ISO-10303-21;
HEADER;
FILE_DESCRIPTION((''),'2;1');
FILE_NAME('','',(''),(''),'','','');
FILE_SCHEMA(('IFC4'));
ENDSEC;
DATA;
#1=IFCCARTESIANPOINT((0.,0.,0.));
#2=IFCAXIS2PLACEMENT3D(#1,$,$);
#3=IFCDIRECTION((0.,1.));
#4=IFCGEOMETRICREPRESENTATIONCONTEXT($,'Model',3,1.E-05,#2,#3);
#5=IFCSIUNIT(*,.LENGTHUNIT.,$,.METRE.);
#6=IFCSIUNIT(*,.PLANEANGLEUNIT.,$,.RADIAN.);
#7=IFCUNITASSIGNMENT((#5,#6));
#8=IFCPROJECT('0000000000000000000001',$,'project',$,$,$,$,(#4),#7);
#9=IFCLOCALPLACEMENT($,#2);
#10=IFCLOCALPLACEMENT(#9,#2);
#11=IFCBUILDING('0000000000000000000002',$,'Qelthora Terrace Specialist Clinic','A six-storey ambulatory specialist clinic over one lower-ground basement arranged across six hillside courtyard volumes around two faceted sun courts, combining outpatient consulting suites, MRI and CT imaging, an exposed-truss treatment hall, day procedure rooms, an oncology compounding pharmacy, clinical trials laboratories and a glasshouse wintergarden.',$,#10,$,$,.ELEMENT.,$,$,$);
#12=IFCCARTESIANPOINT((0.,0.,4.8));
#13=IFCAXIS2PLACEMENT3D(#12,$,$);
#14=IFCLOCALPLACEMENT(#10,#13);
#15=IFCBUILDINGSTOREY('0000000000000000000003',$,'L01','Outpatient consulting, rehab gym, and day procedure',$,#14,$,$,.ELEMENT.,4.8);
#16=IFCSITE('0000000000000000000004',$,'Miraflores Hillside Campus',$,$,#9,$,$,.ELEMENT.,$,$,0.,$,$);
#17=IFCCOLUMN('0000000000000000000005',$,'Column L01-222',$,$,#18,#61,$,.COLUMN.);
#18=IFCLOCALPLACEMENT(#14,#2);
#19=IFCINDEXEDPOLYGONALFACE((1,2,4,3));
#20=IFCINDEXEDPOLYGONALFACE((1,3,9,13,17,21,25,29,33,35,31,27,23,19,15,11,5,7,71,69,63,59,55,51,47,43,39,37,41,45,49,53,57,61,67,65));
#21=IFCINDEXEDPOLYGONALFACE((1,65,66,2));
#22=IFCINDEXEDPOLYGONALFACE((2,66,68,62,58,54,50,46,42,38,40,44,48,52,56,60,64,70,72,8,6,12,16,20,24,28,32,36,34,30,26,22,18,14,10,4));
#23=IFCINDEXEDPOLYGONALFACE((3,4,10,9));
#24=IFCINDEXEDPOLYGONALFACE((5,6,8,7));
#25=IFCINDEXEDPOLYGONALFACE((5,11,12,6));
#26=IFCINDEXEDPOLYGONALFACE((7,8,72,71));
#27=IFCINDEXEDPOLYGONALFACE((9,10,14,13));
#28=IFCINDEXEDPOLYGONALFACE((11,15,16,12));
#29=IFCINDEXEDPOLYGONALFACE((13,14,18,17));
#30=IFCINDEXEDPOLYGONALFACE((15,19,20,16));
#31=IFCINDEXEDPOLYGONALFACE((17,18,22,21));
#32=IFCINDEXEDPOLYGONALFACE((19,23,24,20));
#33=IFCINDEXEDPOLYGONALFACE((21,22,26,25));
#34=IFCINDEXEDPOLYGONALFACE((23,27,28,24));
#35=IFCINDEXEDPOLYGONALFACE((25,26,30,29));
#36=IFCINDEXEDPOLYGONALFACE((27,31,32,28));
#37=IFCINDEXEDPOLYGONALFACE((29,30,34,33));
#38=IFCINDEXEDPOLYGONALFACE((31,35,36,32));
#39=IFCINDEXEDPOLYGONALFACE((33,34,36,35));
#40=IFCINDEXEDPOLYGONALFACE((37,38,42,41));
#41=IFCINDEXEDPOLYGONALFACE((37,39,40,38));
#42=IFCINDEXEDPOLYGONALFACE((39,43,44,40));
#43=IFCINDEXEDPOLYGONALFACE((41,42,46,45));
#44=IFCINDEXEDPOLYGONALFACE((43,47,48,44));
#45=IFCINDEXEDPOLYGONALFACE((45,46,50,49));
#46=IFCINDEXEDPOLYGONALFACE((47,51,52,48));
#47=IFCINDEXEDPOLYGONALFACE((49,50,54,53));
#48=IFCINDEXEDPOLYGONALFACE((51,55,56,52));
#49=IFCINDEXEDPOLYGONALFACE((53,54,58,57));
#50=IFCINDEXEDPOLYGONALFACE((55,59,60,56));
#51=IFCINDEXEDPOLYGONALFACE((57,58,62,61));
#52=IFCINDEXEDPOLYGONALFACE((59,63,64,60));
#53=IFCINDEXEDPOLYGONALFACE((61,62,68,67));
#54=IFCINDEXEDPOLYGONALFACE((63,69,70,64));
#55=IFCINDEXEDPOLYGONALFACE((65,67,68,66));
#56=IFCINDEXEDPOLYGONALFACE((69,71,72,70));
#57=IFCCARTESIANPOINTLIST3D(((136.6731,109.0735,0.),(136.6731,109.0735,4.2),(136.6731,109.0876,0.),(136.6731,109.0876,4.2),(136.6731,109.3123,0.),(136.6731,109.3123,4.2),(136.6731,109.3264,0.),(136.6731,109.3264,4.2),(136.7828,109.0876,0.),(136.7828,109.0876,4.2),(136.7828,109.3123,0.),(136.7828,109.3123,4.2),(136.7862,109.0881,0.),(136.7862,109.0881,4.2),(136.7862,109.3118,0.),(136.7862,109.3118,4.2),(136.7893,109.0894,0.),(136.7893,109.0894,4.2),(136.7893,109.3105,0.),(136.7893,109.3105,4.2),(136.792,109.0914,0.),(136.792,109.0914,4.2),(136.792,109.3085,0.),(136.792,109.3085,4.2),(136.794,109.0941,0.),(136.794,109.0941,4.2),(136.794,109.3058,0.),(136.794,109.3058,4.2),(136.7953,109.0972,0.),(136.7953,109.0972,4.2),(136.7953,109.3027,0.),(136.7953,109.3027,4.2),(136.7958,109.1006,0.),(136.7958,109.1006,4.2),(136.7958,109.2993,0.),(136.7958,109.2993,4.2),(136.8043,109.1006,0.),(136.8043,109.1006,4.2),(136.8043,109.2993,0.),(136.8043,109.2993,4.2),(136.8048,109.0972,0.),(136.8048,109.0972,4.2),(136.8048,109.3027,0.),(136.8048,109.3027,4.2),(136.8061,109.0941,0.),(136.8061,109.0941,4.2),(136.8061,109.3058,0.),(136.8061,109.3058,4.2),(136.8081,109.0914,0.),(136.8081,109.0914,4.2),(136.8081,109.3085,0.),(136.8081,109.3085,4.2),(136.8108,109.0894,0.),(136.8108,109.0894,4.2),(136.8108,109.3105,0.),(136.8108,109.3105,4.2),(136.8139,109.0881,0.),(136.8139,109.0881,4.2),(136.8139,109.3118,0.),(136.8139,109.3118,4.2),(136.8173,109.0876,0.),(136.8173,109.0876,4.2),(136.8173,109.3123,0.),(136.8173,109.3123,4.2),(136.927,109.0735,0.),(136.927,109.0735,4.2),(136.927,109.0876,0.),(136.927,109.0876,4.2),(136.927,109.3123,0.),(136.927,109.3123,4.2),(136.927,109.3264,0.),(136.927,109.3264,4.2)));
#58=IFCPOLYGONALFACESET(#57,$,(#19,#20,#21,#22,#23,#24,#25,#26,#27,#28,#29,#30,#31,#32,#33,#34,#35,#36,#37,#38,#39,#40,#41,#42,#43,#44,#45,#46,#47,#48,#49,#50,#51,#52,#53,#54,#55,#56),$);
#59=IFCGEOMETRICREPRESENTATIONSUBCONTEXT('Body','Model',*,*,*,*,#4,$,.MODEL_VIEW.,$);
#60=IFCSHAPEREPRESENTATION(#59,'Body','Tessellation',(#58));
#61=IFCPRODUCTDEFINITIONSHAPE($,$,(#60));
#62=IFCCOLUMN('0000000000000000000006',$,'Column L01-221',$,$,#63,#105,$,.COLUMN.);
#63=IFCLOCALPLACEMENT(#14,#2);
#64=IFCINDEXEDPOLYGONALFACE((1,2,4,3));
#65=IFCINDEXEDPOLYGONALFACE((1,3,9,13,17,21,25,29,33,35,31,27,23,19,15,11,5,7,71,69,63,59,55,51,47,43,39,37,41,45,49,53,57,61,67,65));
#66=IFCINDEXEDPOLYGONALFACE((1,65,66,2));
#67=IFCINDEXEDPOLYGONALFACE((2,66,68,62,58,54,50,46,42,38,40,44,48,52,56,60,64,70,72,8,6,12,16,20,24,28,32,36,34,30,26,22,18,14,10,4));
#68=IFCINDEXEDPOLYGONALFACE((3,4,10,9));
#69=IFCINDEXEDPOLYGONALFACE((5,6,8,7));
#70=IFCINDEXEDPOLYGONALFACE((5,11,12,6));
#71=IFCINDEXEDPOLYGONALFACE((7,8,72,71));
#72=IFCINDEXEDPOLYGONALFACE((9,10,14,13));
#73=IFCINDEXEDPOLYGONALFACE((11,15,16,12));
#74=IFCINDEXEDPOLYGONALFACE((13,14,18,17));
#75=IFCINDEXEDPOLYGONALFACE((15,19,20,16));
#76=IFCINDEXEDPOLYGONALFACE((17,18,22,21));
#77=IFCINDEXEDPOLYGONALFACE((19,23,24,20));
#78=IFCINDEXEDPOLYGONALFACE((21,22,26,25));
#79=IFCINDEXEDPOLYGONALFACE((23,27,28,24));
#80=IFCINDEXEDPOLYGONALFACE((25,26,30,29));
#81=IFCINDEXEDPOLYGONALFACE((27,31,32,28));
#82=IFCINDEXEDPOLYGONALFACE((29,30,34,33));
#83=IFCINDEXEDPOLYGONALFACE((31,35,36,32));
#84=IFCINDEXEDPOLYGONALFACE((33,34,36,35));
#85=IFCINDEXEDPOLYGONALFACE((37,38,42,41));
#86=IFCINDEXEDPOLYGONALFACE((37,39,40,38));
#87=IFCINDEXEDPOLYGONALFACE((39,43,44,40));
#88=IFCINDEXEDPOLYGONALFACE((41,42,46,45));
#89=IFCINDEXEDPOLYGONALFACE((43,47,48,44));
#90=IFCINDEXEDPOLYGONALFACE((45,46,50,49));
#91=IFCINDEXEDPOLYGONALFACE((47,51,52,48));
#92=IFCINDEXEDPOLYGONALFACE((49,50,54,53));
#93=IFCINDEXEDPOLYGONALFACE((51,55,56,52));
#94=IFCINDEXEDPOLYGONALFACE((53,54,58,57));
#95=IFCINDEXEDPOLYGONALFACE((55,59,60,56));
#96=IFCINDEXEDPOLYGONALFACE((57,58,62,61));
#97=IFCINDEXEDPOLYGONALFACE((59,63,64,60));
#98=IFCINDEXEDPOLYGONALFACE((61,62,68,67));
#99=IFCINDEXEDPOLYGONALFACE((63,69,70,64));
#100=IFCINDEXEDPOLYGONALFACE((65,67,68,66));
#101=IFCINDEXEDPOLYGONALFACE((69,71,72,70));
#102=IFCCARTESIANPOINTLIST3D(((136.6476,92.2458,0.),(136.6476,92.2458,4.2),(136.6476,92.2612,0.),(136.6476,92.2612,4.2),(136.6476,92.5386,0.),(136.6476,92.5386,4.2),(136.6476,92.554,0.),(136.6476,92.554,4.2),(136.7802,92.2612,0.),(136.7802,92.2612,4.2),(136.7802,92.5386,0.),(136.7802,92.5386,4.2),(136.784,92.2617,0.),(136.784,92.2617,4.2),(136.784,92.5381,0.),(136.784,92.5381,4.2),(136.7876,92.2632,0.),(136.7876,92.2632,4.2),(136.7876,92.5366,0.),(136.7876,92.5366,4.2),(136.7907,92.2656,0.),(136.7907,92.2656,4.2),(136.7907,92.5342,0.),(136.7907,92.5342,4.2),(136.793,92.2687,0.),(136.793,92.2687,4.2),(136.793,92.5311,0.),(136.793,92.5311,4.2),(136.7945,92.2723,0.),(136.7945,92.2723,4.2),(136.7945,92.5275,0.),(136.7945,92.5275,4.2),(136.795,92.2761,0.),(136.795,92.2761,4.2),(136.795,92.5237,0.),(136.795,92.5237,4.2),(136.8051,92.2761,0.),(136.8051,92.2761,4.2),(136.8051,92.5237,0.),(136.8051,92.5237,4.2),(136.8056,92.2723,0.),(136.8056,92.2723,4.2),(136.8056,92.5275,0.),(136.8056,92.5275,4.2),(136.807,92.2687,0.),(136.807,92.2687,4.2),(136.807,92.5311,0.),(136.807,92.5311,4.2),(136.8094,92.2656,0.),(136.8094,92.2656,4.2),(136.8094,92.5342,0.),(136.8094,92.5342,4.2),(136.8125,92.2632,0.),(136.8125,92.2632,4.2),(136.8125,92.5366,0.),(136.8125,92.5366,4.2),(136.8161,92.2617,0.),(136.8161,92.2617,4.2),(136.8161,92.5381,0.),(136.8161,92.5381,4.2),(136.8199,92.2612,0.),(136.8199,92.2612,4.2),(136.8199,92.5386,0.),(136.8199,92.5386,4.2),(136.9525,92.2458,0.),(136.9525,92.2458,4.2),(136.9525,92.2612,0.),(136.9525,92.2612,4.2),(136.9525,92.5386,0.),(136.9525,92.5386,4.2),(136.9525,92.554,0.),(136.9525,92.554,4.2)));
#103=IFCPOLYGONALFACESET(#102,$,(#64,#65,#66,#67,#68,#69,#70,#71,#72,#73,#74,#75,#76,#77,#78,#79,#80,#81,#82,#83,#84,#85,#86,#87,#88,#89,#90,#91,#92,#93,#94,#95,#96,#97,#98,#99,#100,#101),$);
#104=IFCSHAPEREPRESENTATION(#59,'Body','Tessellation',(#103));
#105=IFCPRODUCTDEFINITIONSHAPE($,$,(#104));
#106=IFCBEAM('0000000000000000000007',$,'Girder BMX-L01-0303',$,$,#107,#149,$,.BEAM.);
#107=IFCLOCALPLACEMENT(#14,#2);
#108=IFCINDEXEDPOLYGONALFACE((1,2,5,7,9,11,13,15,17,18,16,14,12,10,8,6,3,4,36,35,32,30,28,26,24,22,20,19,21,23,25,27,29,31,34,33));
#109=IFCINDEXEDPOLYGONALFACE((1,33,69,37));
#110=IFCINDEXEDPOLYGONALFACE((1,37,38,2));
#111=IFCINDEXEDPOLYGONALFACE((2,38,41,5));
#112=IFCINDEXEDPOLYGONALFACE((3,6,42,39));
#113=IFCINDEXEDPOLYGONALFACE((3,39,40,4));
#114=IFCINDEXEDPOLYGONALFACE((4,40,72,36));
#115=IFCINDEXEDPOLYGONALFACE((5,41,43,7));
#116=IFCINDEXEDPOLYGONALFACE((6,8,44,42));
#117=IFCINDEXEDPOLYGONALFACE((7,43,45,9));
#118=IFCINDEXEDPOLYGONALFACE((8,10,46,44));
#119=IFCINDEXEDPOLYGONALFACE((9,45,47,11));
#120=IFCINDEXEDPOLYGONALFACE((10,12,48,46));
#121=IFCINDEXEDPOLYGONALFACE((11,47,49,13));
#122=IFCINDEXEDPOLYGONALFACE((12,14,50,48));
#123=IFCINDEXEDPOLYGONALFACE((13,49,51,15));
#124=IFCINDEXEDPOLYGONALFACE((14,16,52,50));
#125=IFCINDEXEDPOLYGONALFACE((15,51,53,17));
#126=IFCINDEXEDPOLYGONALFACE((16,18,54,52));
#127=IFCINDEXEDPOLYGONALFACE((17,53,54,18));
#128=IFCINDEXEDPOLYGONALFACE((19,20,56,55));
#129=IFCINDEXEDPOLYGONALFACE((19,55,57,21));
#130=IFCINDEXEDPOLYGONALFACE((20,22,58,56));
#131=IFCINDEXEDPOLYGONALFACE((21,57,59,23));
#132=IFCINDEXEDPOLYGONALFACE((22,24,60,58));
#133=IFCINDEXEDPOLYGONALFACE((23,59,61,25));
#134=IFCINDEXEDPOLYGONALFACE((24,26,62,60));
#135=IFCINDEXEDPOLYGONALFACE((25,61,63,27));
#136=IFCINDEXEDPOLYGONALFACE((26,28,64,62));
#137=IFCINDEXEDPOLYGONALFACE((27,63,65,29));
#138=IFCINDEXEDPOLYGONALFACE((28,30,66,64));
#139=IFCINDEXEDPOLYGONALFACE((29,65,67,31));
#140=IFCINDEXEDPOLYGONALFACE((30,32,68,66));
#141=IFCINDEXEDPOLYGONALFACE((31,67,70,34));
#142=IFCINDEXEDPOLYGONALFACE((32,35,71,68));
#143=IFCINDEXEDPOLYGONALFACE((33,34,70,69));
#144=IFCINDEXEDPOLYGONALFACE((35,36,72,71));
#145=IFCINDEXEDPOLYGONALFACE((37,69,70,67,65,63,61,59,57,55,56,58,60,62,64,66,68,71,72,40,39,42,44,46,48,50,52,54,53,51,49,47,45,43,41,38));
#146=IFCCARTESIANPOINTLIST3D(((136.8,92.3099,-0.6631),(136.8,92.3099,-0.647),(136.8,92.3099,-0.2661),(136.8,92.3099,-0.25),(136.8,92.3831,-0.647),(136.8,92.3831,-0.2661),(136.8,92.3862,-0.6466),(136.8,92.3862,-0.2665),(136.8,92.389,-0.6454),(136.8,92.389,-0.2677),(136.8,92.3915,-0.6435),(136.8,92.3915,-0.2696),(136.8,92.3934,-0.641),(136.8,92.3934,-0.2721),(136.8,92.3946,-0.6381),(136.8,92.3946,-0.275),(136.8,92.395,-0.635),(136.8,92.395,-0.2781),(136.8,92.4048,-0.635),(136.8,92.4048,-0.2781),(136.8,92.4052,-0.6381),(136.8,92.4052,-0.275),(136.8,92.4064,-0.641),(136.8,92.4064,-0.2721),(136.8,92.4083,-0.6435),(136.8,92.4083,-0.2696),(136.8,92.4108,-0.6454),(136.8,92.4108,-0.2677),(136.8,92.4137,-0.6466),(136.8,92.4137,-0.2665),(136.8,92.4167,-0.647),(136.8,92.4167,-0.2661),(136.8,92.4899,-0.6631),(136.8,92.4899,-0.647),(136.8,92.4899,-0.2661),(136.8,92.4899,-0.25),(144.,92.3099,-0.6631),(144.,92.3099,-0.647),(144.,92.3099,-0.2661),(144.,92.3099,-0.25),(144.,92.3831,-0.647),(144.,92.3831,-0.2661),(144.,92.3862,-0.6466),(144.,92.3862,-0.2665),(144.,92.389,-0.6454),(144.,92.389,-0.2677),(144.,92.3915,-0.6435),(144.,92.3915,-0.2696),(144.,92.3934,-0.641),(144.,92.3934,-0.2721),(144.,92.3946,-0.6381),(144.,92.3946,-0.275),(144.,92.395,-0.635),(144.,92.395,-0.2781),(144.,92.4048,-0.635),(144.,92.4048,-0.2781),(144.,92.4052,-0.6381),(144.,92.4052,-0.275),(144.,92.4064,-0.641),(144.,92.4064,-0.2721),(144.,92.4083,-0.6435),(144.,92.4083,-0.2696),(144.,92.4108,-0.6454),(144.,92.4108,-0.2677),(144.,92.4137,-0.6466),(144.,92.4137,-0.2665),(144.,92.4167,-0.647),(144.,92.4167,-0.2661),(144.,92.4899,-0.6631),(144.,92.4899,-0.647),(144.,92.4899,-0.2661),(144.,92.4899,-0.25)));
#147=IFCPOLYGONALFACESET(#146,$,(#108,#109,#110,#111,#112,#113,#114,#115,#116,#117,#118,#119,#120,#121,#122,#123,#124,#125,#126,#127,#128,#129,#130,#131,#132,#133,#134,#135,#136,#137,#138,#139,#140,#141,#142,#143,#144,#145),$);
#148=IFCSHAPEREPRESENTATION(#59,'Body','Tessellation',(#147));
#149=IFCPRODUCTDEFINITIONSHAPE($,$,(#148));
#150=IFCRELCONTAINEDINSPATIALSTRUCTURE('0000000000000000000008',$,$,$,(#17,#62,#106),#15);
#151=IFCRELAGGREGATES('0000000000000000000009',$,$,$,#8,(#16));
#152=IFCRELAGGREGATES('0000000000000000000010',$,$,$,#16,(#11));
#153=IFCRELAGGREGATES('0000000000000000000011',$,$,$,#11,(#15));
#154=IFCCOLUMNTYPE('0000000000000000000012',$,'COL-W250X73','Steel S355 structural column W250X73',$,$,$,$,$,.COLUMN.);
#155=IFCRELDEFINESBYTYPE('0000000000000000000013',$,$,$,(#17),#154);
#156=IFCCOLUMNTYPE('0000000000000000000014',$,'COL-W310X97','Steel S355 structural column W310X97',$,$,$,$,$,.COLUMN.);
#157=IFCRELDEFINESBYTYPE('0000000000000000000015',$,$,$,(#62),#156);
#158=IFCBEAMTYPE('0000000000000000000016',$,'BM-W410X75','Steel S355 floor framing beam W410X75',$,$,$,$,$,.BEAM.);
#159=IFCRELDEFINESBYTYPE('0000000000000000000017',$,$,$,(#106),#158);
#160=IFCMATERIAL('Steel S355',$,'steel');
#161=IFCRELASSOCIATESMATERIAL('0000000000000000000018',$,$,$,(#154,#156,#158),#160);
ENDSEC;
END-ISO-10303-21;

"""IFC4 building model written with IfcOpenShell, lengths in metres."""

from ifc_helpers import new_model, si_unit, direction, frame, origin, origin_2d, place, context, subcontext, project, spatial, i_section, extrude, material, material_profile, profile_set, type_object, element, save


model = new_model("IFC4")

# Units and contexts
model_context = context("Model", 3, precision=1e-05, world=origin(), true_north=direction((0.0, 1.0)))
body_context = subcontext(model_context, "Body", "Model", "MODEL_VIEW")
ifc_project = project(units=[si_unit("LENGTHUNIT", "METRE"), si_unit("PLANEANGLEUNIT", "RADIAN")], contexts=[model_context])

# Site, building, storey
site_placement = place(None, origin())
site = spatial("IfcSite", under=ifc_project, at=site_placement, Name="Miraflores Hillside Campus", CompositionType="ELEMENT", RefElevation=0.0)
building_placement = place(site_placement, origin())
building = spatial("IfcBuilding", under=site, at=building_placement, Name="Qelthora Terrace Specialist Clinic", Description="A six-storey ambulatory specialist clinic over one lower-ground basement arranged across six hillside courtyard volumes around two faceted sun courts, combining outpatient consulting suites, MRI and CT imaging, an exposed-truss treatment hall, day procedure rooms, an oncology compounding pharmacy, clinical trials laboratories and a glasshouse wintergarden.", CompositionType="ELEMENT")
storey_placement = place(building_placement, frame((0.0, 0.0, 4.8)))
storey = spatial("IfcBuildingStorey", under=building, at=storey_placement, Name="L01", Description="Outpatient consulting, rehab gym, and day procedure", CompositionType="ELEMENT", Elevation=4.8)

# Columns
ifc_material_1 = material(Name="Steel S355", Category="steel")
ifc_material_profile_1 = material_profile(ifc_material_1, i_section(OverallWidth=0.2539, OverallDepth=0.2529, WebThickness=0.0085, FlangeThickness=0.0142, FilletRadius=0.0129, at=origin_2d()), Name="W250X73")
ifc_profile_set_1 = profile_set([ifc_material_profile_1], Name="Steel S355")
column_type_1 = type_object("IfcColumnType", Name="COL-W250X73", Description="Steel S355 structural column W250X73", PredefinedType="COLUMN", material=ifc_profile_set_1)
column_1_placement = place(storey_placement, frame((136.8, 109.2, 0.0), z_axis=(0.0, 0.0, 1.0), x_axis=(1.0, 0.0, 0.0)))
element("IfcColumn", 1, at=column_1_placement, inside=storey, type_object=column_type_1, Name="Column L01-222", PredefinedType="COLUMN", context=body_context, shape_type="SweptSolid", body=[
    extrude(i_section(OverallWidth=0.2539, OverallDepth=0.2529, WebThickness=0.0085, FlangeThickness=0.0142, FilletRadius=0.0129, at=origin_2d()), origin(), (0.0, 0.0, 1.0), 4.2),
])
ifc_material_profile_2 = material_profile(ifc_material_1, i_section(OverallWidth=0.3049, OverallDepth=0.3081, WebThickness=0.01, FlangeThickness=0.0154, FilletRadius=0.0149, at=origin_2d()), Name="W310X97")
ifc_profile_set_2 = profile_set([ifc_material_profile_2], Name="Steel S355")
column_type_2 = type_object("IfcColumnType", Name="COL-W310X97", Description="Steel S355 structural column W310X97", PredefinedType="COLUMN", material=ifc_profile_set_2)
column_2_placement = place(storey_placement, frame((136.8, 92.3999, 0.0), z_axis=(0.0, 0.0, 1.0), x_axis=(1.0, 0.0, 0.0)))
element("IfcColumn", 2, at=column_2_placement, inside=storey, type_object=column_type_2, Name="Column L01-221", PredefinedType="COLUMN", context=body_context, shape_type="SweptSolid", body=[
    extrude(i_section(OverallWidth=0.3049, OverallDepth=0.3081, WebThickness=0.01, FlangeThickness=0.0154, FilletRadius=0.0149, at=origin_2d()), origin(), (0.0, 0.0, 1.0), 4.2),
])

# Beam
ifc_material_profile_3 = material_profile(ifc_material_1, i_section(OverallWidth=0.1799, OverallDepth=0.4131, WebThickness=0.0098, FlangeThickness=0.0161, FilletRadius=0.012, at=origin_2d()), Name="W410X75")
ifc_profile_set_3 = profile_set([ifc_material_profile_3], Name="Steel S355")
beam_type_1 = type_object("IfcBeamType", Name="BM-W410X75", Description="Steel S355 floor framing beam W410X75", PredefinedType="BEAM", material=ifc_profile_set_3)
beam_1_placement = place(storey_placement, frame((136.8, 92.3999, -0.4565), z_axis=(1.0, 0.0, 0.0), x_axis=(0.0, 1.0, 0.0)))
element("IfcBeam", 3, at=beam_1_placement, inside=storey, type_object=beam_type_1, Name="Girder BMX-L01-0303", PredefinedType="BEAM", context=body_context, shape_type="SweptSolid", body=[
    extrude(i_section(OverallWidth=0.1799, OverallDepth=0.4131, WebThickness=0.0098, FlangeThickness=0.0161, FilletRadius=0.012, at=origin_2d()), origin(), (0.0, 0.0, 1.0), 7.2),
])

save(model, "model.ifc")
